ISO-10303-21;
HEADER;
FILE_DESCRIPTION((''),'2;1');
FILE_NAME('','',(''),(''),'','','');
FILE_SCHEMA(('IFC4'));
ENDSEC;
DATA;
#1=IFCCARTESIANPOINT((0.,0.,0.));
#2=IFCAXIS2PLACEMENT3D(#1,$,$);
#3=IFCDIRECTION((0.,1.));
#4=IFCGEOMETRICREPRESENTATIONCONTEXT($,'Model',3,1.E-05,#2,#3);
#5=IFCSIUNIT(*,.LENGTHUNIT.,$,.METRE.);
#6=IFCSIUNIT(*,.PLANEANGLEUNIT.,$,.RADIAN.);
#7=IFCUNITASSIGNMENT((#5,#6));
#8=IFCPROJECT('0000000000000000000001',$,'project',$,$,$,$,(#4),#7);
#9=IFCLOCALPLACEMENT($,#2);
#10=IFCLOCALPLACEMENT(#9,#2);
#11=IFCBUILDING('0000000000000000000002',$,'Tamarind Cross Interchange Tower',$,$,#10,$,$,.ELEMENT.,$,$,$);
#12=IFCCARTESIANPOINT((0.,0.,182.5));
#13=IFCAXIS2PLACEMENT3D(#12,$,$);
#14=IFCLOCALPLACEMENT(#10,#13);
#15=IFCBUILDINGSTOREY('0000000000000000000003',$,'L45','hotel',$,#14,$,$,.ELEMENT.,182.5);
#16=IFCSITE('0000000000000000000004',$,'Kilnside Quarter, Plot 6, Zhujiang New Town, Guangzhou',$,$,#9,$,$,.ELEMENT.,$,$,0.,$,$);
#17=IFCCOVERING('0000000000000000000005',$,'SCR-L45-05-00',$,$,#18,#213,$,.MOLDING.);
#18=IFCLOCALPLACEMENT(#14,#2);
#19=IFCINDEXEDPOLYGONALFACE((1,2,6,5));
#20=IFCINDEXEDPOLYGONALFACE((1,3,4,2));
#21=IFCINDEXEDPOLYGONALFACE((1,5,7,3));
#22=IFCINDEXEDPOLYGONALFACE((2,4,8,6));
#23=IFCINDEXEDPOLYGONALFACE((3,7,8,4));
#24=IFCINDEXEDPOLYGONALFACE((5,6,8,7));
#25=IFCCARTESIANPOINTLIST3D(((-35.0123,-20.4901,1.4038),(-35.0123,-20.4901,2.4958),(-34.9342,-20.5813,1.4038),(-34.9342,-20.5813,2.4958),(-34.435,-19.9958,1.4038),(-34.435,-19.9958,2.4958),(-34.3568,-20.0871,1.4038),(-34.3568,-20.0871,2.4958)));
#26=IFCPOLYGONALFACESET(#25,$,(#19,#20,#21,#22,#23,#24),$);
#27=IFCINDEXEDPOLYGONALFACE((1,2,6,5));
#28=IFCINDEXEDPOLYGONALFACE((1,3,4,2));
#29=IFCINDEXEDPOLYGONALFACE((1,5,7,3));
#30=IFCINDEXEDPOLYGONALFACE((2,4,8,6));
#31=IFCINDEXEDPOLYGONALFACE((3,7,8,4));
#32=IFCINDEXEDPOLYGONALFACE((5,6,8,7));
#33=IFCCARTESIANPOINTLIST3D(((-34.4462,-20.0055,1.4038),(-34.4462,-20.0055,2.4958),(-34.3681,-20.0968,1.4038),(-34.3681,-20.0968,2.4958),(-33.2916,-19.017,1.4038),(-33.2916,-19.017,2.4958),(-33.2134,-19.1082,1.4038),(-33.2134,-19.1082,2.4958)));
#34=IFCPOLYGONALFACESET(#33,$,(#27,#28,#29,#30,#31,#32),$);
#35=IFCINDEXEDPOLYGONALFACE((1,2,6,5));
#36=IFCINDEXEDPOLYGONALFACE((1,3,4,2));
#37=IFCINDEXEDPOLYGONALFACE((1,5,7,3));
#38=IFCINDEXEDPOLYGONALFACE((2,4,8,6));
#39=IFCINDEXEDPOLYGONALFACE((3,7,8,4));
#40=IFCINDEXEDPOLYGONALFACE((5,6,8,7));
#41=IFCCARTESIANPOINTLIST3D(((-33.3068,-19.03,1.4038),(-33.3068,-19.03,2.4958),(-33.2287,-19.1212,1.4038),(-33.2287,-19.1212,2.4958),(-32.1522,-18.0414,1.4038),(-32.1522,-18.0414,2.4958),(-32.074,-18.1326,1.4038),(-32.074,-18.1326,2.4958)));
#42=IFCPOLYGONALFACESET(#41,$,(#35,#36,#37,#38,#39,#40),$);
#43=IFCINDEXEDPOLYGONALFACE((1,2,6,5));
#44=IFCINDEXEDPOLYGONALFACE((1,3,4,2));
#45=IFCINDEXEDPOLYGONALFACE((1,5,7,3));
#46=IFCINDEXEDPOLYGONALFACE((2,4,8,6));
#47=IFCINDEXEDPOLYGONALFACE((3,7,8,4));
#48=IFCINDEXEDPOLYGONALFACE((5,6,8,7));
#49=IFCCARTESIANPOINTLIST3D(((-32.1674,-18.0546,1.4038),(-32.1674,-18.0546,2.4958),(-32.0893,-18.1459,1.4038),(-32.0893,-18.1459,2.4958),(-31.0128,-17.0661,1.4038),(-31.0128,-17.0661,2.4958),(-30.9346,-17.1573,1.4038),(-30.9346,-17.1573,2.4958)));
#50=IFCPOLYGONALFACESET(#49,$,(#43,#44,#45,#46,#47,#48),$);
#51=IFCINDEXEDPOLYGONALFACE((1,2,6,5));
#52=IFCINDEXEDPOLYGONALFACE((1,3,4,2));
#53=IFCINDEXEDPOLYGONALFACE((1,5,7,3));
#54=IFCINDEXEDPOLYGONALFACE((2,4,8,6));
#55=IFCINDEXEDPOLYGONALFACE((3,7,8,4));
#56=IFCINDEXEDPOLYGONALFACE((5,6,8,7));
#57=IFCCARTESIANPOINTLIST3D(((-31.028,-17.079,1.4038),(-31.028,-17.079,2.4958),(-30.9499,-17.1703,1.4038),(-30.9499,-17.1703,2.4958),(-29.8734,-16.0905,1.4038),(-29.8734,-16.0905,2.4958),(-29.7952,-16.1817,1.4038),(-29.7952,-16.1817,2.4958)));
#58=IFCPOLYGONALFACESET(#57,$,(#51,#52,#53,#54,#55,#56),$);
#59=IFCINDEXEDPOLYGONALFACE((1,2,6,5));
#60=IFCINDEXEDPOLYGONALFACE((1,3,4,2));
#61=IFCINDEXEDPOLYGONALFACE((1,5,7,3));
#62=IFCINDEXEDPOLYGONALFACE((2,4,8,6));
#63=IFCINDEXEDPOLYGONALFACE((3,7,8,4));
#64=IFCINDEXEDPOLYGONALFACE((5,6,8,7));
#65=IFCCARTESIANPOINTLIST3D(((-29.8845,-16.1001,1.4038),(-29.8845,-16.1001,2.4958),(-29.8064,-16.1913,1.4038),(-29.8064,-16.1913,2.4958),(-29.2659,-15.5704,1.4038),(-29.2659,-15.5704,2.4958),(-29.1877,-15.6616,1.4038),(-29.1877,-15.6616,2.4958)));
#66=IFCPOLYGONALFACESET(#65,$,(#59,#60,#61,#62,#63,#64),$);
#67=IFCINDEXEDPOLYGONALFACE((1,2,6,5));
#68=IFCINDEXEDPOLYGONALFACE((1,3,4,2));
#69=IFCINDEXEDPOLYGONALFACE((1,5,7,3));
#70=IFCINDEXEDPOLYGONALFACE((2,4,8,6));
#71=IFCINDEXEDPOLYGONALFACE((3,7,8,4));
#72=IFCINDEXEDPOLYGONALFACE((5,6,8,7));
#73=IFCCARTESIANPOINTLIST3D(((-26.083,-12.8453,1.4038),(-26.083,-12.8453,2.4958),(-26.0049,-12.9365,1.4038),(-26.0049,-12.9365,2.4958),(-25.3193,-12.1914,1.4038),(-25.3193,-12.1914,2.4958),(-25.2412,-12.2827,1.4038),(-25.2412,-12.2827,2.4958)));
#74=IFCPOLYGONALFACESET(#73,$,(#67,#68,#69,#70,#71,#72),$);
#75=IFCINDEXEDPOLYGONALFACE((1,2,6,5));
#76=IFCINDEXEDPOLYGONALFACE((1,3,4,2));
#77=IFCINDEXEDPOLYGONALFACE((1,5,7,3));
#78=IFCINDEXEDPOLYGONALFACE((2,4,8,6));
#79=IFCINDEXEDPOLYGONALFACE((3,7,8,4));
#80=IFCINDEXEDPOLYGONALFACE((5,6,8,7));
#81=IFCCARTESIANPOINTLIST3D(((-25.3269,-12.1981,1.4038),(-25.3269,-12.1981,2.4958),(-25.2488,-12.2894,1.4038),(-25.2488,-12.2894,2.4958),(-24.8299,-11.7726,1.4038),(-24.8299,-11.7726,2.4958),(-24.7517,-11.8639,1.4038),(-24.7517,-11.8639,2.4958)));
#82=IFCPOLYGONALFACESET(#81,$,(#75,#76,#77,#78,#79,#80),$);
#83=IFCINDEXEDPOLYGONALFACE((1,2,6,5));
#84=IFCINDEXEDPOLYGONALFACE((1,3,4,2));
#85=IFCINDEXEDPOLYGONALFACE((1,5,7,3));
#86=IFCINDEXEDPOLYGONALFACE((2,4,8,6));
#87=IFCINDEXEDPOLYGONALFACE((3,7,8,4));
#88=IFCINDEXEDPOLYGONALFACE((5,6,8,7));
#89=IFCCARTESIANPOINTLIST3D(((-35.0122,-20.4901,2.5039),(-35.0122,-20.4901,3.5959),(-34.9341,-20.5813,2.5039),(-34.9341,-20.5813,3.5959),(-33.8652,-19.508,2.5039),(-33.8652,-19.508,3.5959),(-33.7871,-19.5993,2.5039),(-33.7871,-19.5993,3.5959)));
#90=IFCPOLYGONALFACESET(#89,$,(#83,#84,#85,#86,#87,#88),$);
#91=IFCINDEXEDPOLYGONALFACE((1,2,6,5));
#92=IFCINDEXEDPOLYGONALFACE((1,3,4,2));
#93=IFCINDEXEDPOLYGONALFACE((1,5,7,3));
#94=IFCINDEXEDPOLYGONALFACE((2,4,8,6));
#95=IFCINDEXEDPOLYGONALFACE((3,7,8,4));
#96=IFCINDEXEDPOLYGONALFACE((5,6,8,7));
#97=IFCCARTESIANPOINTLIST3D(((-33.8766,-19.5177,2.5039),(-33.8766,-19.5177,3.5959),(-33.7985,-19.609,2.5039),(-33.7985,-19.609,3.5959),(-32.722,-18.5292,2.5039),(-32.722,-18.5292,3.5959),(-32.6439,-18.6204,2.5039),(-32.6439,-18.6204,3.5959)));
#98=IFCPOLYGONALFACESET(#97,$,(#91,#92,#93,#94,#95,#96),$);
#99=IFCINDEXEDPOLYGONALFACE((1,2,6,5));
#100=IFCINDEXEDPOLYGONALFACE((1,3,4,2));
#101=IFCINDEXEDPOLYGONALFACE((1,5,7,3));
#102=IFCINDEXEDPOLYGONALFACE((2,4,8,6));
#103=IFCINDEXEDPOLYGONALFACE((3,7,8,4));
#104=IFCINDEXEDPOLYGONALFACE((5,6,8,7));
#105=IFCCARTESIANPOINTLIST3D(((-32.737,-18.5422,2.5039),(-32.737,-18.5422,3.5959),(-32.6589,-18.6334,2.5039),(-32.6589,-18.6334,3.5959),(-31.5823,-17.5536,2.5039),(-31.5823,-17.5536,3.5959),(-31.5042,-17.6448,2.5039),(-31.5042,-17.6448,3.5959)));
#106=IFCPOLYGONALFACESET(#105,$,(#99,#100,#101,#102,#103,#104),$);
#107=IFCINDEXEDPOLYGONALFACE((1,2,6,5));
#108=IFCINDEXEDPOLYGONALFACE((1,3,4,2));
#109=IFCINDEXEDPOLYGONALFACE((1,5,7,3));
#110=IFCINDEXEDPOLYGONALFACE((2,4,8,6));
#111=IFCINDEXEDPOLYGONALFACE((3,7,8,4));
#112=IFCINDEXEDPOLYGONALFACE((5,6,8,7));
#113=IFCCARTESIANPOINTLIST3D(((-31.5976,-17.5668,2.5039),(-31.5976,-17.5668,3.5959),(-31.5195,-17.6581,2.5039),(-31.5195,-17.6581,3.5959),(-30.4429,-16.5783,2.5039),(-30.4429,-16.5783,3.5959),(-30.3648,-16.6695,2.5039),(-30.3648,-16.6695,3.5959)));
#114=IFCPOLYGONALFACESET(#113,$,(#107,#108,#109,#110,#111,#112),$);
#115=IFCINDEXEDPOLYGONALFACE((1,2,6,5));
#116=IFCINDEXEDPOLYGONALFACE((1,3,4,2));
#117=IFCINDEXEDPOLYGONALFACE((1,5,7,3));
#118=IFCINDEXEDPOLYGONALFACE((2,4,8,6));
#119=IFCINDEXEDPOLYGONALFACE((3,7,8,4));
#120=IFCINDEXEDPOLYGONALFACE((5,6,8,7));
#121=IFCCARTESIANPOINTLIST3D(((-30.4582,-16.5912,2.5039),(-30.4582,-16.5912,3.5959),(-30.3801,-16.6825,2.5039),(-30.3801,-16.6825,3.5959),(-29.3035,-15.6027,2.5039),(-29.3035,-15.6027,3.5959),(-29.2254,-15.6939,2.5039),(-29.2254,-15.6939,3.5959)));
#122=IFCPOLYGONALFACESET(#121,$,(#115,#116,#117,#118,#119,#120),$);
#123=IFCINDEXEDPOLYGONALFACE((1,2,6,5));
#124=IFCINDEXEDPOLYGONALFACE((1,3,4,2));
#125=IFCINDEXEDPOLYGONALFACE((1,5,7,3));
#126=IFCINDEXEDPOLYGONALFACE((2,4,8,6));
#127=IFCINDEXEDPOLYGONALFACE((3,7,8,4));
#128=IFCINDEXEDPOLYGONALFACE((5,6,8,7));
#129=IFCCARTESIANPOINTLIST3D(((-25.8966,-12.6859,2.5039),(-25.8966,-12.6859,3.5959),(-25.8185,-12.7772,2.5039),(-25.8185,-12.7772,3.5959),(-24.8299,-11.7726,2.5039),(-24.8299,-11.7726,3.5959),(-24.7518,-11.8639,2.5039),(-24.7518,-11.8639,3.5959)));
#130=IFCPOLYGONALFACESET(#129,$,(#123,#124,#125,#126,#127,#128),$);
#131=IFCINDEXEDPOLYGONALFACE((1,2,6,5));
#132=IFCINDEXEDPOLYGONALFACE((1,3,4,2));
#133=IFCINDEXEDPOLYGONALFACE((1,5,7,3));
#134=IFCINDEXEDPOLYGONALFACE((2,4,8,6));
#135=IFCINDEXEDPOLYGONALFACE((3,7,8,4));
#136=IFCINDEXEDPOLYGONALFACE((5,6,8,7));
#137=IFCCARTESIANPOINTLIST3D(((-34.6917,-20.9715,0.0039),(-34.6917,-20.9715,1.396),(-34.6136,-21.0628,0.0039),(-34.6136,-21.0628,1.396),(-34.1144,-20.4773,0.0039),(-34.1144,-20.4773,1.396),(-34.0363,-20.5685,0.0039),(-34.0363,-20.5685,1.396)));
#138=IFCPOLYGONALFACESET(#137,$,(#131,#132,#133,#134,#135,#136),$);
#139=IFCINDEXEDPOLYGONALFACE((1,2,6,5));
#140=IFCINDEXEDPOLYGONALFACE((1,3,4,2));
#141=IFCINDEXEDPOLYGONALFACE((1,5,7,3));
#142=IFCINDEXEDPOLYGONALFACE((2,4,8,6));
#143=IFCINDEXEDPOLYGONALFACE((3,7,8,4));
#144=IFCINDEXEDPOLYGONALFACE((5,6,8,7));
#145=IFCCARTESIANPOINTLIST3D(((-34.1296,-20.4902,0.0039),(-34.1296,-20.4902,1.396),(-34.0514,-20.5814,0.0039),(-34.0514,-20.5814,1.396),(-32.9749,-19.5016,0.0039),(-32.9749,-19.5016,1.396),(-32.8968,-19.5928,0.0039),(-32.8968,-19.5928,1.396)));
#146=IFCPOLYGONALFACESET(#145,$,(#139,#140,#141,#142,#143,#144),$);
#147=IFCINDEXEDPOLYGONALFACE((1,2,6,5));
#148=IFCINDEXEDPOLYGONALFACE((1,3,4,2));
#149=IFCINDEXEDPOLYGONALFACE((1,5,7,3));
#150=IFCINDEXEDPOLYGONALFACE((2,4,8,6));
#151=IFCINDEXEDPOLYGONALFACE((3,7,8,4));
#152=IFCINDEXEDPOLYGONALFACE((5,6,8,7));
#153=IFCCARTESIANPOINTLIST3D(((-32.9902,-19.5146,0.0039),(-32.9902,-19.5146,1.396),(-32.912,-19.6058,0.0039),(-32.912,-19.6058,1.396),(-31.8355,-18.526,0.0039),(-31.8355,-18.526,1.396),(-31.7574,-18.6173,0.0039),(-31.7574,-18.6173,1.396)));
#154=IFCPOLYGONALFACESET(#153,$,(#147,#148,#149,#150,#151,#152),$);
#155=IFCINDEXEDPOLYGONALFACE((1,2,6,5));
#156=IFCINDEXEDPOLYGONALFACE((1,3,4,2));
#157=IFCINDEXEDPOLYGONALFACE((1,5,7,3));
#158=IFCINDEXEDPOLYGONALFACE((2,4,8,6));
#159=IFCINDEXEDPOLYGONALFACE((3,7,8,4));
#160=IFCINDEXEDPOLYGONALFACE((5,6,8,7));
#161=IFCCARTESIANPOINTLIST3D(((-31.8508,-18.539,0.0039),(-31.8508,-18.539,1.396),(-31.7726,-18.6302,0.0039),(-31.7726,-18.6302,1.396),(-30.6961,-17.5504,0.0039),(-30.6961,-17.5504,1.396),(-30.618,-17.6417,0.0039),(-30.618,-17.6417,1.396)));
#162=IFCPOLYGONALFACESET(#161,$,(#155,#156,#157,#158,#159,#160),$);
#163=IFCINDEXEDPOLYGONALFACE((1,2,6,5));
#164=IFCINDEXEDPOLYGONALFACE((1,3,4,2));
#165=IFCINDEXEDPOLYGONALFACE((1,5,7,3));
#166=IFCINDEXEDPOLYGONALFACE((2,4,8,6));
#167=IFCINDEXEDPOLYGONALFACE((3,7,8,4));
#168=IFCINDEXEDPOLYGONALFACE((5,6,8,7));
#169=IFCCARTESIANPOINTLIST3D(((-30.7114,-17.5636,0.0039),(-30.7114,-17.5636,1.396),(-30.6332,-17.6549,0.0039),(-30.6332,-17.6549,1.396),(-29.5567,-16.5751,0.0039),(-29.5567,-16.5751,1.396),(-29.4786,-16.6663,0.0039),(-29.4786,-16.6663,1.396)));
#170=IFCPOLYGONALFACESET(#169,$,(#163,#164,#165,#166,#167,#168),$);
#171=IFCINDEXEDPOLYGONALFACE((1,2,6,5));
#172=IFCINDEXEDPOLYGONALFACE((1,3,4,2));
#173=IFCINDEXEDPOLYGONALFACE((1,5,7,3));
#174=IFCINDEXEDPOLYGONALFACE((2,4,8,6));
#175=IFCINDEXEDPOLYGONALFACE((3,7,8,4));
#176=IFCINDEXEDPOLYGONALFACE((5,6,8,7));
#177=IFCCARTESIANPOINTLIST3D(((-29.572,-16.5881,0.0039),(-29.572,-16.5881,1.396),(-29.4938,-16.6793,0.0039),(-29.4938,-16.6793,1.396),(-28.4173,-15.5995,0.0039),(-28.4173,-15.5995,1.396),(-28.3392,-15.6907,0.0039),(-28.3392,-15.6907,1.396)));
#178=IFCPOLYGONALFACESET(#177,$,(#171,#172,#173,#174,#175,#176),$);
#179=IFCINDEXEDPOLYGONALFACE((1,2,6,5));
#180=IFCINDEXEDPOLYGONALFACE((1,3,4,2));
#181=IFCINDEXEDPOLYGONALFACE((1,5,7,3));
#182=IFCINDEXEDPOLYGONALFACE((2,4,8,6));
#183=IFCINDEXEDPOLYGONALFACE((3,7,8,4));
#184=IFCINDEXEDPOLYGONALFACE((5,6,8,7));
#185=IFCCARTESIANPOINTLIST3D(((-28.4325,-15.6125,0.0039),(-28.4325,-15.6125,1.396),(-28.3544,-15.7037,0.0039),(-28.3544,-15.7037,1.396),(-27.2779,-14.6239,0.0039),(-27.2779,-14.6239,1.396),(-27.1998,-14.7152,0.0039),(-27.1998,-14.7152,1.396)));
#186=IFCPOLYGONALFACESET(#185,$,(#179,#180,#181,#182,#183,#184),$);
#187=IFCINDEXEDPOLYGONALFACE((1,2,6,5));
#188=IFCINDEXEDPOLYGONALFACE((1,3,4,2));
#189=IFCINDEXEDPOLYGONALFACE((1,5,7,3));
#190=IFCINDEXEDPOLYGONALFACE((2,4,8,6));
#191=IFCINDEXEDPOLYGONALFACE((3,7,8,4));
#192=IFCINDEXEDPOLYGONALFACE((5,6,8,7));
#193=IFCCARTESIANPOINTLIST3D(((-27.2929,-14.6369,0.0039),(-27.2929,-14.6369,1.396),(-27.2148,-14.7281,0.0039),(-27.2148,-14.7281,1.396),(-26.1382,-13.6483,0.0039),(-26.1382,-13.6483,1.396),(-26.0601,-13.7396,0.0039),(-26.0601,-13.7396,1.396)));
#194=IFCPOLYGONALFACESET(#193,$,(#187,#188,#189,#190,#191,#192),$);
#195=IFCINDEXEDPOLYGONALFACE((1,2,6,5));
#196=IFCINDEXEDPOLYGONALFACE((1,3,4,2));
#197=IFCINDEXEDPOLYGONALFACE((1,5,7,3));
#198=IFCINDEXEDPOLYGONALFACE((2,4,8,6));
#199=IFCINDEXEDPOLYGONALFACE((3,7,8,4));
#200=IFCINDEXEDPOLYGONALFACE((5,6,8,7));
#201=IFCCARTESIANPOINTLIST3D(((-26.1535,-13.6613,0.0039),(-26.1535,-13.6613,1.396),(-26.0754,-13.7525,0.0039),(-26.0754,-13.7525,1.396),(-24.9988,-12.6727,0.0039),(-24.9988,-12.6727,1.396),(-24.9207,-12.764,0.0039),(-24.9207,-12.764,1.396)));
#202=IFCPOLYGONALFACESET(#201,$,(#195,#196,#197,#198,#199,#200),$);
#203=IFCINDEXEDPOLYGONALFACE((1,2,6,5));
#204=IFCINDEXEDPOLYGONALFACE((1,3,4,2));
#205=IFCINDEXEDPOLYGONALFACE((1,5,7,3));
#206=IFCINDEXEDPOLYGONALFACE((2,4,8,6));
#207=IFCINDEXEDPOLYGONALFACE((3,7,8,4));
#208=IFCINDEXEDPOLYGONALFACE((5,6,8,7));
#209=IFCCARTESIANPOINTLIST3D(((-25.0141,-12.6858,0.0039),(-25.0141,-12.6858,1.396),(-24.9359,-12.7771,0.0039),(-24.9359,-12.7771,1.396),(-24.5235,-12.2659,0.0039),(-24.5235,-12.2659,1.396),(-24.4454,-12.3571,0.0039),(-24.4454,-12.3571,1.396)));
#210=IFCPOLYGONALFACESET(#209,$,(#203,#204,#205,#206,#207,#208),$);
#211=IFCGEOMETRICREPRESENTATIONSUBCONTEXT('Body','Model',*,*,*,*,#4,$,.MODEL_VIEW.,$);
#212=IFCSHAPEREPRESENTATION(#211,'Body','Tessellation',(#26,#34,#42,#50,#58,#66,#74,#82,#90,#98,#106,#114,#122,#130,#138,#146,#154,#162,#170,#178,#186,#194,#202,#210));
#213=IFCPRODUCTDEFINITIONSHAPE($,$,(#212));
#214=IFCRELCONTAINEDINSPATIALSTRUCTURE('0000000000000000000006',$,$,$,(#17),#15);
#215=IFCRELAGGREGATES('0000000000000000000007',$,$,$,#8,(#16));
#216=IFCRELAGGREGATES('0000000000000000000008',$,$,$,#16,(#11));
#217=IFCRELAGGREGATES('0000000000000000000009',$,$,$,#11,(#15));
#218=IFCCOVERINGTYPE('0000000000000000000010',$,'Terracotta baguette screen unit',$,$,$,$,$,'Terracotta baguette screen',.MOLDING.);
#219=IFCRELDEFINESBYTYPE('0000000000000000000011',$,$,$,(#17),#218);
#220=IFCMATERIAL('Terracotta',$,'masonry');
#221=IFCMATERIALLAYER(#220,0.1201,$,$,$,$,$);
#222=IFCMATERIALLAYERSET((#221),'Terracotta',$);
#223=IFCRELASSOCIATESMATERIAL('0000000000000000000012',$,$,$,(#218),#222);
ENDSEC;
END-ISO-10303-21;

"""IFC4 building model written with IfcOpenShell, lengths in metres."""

from ifc_helpers import new_model, si_unit, direction, frame, origin, origin_2d, place, context, subcontext, project, spatial, rectangle, extrude, material, layer, layer_set, type_object, element, save


model = new_model("IFC4")

# Units and contexts
model_context = context("Model", 3, precision=1e-05, world=origin(), true_north=direction((0.0, 1.0)))
body_context = subcontext(model_context, "Body", "Model", "MODEL_VIEW")
ifc_project = project(units=[si_unit("LENGTHUNIT", "METRE"), si_unit("PLANEANGLEUNIT", "RADIAN")], contexts=[model_context])

# Site, building, storey
site_placement = place(None, origin())
site = spatial("IfcSite", under=ifc_project, at=site_placement, Name="Kilnside Quarter, Plot 6, Zhujiang New Town, Guangzhou", CompositionType="ELEMENT", RefElevation=0.0)
building_placement = place(site_placement, origin())
building = spatial("IfcBuilding", under=site, at=building_placement, Name="Tamarind Cross Interchange Tower", CompositionType="ELEMENT")
storey_placement = place(building_placement, frame((0.0, 0.0, 182.5)))
storey = spatial("IfcBuildingStorey", under=building, at=storey_placement, Name="L45", Description="hotel", CompositionType="ELEMENT", Elevation=182.5)

# Covering
ifc_material_1 = material(Name="Terracotta", Category="masonry")
ifc_layer_1 = layer(ifc_material_1, 0.1201)
ifc_layer_set_1 = layer_set([ifc_layer_1], Name="Terracotta")
covering_type = type_object("IfcCoveringType", Name="Terracotta baguette screen unit", ElementType="Terracotta baguette screen", PredefinedType="MOLDING", material=ifc_layer_set_1)
covering_1_placement = place(storey_placement, origin())
element("IfcCovering", 1, at=covering_1_placement, inside=storey, type_object=covering_type, Name="SCR-L45-05-00", PredefinedType="MOLDING", context=body_context, shape_type="SweptSolid", body=[
    extrude(rectangle(XDim=0.76, YDim=0.1201, at=origin_2d()), frame((-34.6846, -20.2886, 1.4038), z_axis=(0.0, 0.0, 1.0), x_axis=(0.759628, 0.650358, 0.0)), (0.0, 0.0, 1.0), 1.092),
    extrude(rectangle(XDim=1.52, YDim=0.1201, at=origin_2d()), frame((-33.8298, -19.5569, 1.4038), z_axis=(0.0, 0.0, 1.0), x_axis=(0.759628, 0.650358, 0.0)), (0.0, 0.0, 1.0), 1.092),
    extrude(rectangle(XDim=1.52, YDim=0.1201, at=origin_2d()), frame((-32.6904, -18.5813, 1.4038), z_axis=(0.0, 0.0, 1.0), x_axis=(0.759628, 0.650358, 0.0)), (0.0, 0.0, 1.0), 1.092),
    extrude(rectangle(XDim=1.52, YDim=0.1201, at=origin_2d()), frame((-31.551, -17.606, 1.4038), z_axis=(0.0, 0.0, 1.0), x_axis=(0.759628, 0.650358, 0.0)), (0.0, 0.0, 1.0), 1.092),
    extrude(rectangle(XDim=1.52, YDim=0.1201, at=origin_2d()), frame((-30.4116, -16.6304, 1.4038), z_axis=(0.0, 0.0, 1.0), x_axis=(0.759628, 0.650358, 0.0)), (0.0, 0.0, 1.0), 1.092),
    extrude(rectangle(XDim=0.8145, YDim=0.1201, at=origin_2d()), frame((-29.5361, -15.8809, 1.4038), z_axis=(0.0, 0.0, 1.0), x_axis=(0.759628, 0.650358, 0.0)), (0.0, 0.0, 1.0), 1.092),
    extrude(rectangle(XDim=1.0054, YDim=0.1201, at=origin_2d()), frame((-25.6621, -12.564, 1.4038), z_axis=(0.0, 0.0, 1.0), x_axis=(0.759628, 0.650358, 0.0)), (0.0, 0.0, 1.0), 1.092),
    extrude(rectangle(XDim=0.6543, YDim=0.1201, at=origin_2d()), frame((-25.0393, -12.031, 1.4038), z_axis=(0.0, 0.0, 1.0), x_axis=(0.759628, 0.650358, 0.0)), (0.0, 0.0, 1.0), 1.092),
    extrude(rectangle(XDim=1.51, YDim=0.1201, at=origin_2d()), frame((-34.3997, -20.0447, 2.5039), z_axis=(0.0, 0.0, 1.0), x_axis=(0.759628, 0.650358, 0.0)), (0.0, 0.0, 1.0), 1.092),
    extrude(rectangle(XDim=1.52, YDim=0.1201, at=origin_2d()), frame((-33.2603, -19.0691, 2.5039), z_axis=(0.0, 0.0, 1.0), x_axis=(0.759628, 0.650358, 0.0)), (0.0, 0.0, 1.0), 1.092),
    extrude(rectangle(XDim=1.52, YDim=0.1201, at=origin_2d()), frame((-32.1206, -18.0935, 2.5039), z_axis=(0.0, 0.0, 1.0), x_axis=(0.759628, 0.650358, 0.0)), (0.0, 0.0, 1.0), 1.092),
    extrude(rectangle(XDim=1.52, YDim=0.1201, at=origin_2d()), frame((-30.9812, -17.1182, 2.5039), z_axis=(0.0, 0.0, 1.0), x_axis=(0.759628, 0.650358, 0.0)), (0.0, 0.0, 1.0), 1.092),
    extrude(rectangle(XDim=1.52, YDim=0.1201, at=origin_2d()), frame((-29.8418, -16.1426, 2.5039), z_axis=(0.0, 0.0, 1.0), x_axis=(0.759628, 0.650358, 0.0)), (0.0, 0.0, 1.0), 1.092),
    extrude(rectangle(XDim=1.4043, YDim=0.1201, at=origin_2d()), frame((-25.3242, -12.2749, 2.5039), z_axis=(0.0, 0.0, 1.0), x_axis=(0.759628, 0.650358, 0.0)), (0.0, 0.0, 1.0), 1.092),
    extrude(rectangle(XDim=0.76, YDim=0.1201, at=origin_2d()), frame((-34.364, -20.77, 0.0039), z_axis=(0.0, 0.0, 1.0), x_axis=(0.759628, 0.650358, 0.0)), (0.0, 0.0, 1.0), 1.3921),
    extrude(rectangle(XDim=1.52, YDim=0.1201, at=origin_2d()), frame((-33.5132, -20.0415, 0.0039), z_axis=(0.0, 0.0, 1.0), x_axis=(0.759628, 0.650358, 0.0)), (0.0, 0.0, 1.0), 1.3921),
    extrude(rectangle(XDim=1.52, YDim=0.1201, at=origin_2d()), frame((-32.3738, -19.0659, 0.0039), z_axis=(0.0, 0.0, 1.0), x_axis=(0.759628, 0.650358, 0.0)), (0.0, 0.0, 1.0), 1.3921),
    extrude(rectangle(XDim=1.52, YDim=0.1201, at=origin_2d()), frame((-31.2344, -18.0903, 0.0039), z_axis=(0.0, 0.0, 1.0), x_axis=(0.759628, 0.650358, 0.0)), (0.0, 0.0, 1.0), 1.3921),
    extrude(rectangle(XDim=1.52, YDim=0.1201, at=origin_2d()), frame((-30.095, -17.115, 0.0039), z_axis=(0.0, 0.0, 1.0), x_axis=(0.759628, 0.650358, 0.0)), (0.0, 0.0, 1.0), 1.3921),
    extrude(rectangle(XDim=1.52, YDim=0.1201, at=origin_2d()), frame((-28.9556, -16.1394, 0.0039), z_axis=(0.0, 0.0, 1.0), x_axis=(0.759628, 0.650358, 0.0)), (0.0, 0.0, 1.0), 1.3921),
    extrude(rectangle(XDim=1.52, YDim=0.1201, at=origin_2d()), frame((-27.8162, -15.1638, 0.0039), z_axis=(0.0, 0.0, 1.0), x_axis=(0.759628, 0.650358, 0.0)), (0.0, 0.0, 1.0), 1.3921),
    extrude(rectangle(XDim=1.52, YDim=0.1201, at=origin_2d()), frame((-26.6765, -14.1882, 0.0039), z_axis=(0.0, 0.0, 1.0), x_axis=(0.759628, 0.650358, 0.0)), (0.0, 0.0, 1.0), 1.3921),
    extrude(rectangle(XDim=1.52, YDim=0.1201, at=origin_2d()), frame((-25.5371, -13.2126, 0.0039), z_axis=(0.0, 0.0, 1.0), x_axis=(0.759628, 0.650358, 0.0)), (0.0, 0.0, 1.0), 1.3921),
    extrude(rectangle(XDim=0.6458, YDim=0.1201, at=origin_2d()), frame((-24.7297, -12.5215, 0.0039), z_axis=(0.0, 0.0, 1.0), x_axis=(0.759628, 0.650358, 0.0)), (0.0, 0.0, 1.0), 1.3921),
])

save(model, "model.ifc")
